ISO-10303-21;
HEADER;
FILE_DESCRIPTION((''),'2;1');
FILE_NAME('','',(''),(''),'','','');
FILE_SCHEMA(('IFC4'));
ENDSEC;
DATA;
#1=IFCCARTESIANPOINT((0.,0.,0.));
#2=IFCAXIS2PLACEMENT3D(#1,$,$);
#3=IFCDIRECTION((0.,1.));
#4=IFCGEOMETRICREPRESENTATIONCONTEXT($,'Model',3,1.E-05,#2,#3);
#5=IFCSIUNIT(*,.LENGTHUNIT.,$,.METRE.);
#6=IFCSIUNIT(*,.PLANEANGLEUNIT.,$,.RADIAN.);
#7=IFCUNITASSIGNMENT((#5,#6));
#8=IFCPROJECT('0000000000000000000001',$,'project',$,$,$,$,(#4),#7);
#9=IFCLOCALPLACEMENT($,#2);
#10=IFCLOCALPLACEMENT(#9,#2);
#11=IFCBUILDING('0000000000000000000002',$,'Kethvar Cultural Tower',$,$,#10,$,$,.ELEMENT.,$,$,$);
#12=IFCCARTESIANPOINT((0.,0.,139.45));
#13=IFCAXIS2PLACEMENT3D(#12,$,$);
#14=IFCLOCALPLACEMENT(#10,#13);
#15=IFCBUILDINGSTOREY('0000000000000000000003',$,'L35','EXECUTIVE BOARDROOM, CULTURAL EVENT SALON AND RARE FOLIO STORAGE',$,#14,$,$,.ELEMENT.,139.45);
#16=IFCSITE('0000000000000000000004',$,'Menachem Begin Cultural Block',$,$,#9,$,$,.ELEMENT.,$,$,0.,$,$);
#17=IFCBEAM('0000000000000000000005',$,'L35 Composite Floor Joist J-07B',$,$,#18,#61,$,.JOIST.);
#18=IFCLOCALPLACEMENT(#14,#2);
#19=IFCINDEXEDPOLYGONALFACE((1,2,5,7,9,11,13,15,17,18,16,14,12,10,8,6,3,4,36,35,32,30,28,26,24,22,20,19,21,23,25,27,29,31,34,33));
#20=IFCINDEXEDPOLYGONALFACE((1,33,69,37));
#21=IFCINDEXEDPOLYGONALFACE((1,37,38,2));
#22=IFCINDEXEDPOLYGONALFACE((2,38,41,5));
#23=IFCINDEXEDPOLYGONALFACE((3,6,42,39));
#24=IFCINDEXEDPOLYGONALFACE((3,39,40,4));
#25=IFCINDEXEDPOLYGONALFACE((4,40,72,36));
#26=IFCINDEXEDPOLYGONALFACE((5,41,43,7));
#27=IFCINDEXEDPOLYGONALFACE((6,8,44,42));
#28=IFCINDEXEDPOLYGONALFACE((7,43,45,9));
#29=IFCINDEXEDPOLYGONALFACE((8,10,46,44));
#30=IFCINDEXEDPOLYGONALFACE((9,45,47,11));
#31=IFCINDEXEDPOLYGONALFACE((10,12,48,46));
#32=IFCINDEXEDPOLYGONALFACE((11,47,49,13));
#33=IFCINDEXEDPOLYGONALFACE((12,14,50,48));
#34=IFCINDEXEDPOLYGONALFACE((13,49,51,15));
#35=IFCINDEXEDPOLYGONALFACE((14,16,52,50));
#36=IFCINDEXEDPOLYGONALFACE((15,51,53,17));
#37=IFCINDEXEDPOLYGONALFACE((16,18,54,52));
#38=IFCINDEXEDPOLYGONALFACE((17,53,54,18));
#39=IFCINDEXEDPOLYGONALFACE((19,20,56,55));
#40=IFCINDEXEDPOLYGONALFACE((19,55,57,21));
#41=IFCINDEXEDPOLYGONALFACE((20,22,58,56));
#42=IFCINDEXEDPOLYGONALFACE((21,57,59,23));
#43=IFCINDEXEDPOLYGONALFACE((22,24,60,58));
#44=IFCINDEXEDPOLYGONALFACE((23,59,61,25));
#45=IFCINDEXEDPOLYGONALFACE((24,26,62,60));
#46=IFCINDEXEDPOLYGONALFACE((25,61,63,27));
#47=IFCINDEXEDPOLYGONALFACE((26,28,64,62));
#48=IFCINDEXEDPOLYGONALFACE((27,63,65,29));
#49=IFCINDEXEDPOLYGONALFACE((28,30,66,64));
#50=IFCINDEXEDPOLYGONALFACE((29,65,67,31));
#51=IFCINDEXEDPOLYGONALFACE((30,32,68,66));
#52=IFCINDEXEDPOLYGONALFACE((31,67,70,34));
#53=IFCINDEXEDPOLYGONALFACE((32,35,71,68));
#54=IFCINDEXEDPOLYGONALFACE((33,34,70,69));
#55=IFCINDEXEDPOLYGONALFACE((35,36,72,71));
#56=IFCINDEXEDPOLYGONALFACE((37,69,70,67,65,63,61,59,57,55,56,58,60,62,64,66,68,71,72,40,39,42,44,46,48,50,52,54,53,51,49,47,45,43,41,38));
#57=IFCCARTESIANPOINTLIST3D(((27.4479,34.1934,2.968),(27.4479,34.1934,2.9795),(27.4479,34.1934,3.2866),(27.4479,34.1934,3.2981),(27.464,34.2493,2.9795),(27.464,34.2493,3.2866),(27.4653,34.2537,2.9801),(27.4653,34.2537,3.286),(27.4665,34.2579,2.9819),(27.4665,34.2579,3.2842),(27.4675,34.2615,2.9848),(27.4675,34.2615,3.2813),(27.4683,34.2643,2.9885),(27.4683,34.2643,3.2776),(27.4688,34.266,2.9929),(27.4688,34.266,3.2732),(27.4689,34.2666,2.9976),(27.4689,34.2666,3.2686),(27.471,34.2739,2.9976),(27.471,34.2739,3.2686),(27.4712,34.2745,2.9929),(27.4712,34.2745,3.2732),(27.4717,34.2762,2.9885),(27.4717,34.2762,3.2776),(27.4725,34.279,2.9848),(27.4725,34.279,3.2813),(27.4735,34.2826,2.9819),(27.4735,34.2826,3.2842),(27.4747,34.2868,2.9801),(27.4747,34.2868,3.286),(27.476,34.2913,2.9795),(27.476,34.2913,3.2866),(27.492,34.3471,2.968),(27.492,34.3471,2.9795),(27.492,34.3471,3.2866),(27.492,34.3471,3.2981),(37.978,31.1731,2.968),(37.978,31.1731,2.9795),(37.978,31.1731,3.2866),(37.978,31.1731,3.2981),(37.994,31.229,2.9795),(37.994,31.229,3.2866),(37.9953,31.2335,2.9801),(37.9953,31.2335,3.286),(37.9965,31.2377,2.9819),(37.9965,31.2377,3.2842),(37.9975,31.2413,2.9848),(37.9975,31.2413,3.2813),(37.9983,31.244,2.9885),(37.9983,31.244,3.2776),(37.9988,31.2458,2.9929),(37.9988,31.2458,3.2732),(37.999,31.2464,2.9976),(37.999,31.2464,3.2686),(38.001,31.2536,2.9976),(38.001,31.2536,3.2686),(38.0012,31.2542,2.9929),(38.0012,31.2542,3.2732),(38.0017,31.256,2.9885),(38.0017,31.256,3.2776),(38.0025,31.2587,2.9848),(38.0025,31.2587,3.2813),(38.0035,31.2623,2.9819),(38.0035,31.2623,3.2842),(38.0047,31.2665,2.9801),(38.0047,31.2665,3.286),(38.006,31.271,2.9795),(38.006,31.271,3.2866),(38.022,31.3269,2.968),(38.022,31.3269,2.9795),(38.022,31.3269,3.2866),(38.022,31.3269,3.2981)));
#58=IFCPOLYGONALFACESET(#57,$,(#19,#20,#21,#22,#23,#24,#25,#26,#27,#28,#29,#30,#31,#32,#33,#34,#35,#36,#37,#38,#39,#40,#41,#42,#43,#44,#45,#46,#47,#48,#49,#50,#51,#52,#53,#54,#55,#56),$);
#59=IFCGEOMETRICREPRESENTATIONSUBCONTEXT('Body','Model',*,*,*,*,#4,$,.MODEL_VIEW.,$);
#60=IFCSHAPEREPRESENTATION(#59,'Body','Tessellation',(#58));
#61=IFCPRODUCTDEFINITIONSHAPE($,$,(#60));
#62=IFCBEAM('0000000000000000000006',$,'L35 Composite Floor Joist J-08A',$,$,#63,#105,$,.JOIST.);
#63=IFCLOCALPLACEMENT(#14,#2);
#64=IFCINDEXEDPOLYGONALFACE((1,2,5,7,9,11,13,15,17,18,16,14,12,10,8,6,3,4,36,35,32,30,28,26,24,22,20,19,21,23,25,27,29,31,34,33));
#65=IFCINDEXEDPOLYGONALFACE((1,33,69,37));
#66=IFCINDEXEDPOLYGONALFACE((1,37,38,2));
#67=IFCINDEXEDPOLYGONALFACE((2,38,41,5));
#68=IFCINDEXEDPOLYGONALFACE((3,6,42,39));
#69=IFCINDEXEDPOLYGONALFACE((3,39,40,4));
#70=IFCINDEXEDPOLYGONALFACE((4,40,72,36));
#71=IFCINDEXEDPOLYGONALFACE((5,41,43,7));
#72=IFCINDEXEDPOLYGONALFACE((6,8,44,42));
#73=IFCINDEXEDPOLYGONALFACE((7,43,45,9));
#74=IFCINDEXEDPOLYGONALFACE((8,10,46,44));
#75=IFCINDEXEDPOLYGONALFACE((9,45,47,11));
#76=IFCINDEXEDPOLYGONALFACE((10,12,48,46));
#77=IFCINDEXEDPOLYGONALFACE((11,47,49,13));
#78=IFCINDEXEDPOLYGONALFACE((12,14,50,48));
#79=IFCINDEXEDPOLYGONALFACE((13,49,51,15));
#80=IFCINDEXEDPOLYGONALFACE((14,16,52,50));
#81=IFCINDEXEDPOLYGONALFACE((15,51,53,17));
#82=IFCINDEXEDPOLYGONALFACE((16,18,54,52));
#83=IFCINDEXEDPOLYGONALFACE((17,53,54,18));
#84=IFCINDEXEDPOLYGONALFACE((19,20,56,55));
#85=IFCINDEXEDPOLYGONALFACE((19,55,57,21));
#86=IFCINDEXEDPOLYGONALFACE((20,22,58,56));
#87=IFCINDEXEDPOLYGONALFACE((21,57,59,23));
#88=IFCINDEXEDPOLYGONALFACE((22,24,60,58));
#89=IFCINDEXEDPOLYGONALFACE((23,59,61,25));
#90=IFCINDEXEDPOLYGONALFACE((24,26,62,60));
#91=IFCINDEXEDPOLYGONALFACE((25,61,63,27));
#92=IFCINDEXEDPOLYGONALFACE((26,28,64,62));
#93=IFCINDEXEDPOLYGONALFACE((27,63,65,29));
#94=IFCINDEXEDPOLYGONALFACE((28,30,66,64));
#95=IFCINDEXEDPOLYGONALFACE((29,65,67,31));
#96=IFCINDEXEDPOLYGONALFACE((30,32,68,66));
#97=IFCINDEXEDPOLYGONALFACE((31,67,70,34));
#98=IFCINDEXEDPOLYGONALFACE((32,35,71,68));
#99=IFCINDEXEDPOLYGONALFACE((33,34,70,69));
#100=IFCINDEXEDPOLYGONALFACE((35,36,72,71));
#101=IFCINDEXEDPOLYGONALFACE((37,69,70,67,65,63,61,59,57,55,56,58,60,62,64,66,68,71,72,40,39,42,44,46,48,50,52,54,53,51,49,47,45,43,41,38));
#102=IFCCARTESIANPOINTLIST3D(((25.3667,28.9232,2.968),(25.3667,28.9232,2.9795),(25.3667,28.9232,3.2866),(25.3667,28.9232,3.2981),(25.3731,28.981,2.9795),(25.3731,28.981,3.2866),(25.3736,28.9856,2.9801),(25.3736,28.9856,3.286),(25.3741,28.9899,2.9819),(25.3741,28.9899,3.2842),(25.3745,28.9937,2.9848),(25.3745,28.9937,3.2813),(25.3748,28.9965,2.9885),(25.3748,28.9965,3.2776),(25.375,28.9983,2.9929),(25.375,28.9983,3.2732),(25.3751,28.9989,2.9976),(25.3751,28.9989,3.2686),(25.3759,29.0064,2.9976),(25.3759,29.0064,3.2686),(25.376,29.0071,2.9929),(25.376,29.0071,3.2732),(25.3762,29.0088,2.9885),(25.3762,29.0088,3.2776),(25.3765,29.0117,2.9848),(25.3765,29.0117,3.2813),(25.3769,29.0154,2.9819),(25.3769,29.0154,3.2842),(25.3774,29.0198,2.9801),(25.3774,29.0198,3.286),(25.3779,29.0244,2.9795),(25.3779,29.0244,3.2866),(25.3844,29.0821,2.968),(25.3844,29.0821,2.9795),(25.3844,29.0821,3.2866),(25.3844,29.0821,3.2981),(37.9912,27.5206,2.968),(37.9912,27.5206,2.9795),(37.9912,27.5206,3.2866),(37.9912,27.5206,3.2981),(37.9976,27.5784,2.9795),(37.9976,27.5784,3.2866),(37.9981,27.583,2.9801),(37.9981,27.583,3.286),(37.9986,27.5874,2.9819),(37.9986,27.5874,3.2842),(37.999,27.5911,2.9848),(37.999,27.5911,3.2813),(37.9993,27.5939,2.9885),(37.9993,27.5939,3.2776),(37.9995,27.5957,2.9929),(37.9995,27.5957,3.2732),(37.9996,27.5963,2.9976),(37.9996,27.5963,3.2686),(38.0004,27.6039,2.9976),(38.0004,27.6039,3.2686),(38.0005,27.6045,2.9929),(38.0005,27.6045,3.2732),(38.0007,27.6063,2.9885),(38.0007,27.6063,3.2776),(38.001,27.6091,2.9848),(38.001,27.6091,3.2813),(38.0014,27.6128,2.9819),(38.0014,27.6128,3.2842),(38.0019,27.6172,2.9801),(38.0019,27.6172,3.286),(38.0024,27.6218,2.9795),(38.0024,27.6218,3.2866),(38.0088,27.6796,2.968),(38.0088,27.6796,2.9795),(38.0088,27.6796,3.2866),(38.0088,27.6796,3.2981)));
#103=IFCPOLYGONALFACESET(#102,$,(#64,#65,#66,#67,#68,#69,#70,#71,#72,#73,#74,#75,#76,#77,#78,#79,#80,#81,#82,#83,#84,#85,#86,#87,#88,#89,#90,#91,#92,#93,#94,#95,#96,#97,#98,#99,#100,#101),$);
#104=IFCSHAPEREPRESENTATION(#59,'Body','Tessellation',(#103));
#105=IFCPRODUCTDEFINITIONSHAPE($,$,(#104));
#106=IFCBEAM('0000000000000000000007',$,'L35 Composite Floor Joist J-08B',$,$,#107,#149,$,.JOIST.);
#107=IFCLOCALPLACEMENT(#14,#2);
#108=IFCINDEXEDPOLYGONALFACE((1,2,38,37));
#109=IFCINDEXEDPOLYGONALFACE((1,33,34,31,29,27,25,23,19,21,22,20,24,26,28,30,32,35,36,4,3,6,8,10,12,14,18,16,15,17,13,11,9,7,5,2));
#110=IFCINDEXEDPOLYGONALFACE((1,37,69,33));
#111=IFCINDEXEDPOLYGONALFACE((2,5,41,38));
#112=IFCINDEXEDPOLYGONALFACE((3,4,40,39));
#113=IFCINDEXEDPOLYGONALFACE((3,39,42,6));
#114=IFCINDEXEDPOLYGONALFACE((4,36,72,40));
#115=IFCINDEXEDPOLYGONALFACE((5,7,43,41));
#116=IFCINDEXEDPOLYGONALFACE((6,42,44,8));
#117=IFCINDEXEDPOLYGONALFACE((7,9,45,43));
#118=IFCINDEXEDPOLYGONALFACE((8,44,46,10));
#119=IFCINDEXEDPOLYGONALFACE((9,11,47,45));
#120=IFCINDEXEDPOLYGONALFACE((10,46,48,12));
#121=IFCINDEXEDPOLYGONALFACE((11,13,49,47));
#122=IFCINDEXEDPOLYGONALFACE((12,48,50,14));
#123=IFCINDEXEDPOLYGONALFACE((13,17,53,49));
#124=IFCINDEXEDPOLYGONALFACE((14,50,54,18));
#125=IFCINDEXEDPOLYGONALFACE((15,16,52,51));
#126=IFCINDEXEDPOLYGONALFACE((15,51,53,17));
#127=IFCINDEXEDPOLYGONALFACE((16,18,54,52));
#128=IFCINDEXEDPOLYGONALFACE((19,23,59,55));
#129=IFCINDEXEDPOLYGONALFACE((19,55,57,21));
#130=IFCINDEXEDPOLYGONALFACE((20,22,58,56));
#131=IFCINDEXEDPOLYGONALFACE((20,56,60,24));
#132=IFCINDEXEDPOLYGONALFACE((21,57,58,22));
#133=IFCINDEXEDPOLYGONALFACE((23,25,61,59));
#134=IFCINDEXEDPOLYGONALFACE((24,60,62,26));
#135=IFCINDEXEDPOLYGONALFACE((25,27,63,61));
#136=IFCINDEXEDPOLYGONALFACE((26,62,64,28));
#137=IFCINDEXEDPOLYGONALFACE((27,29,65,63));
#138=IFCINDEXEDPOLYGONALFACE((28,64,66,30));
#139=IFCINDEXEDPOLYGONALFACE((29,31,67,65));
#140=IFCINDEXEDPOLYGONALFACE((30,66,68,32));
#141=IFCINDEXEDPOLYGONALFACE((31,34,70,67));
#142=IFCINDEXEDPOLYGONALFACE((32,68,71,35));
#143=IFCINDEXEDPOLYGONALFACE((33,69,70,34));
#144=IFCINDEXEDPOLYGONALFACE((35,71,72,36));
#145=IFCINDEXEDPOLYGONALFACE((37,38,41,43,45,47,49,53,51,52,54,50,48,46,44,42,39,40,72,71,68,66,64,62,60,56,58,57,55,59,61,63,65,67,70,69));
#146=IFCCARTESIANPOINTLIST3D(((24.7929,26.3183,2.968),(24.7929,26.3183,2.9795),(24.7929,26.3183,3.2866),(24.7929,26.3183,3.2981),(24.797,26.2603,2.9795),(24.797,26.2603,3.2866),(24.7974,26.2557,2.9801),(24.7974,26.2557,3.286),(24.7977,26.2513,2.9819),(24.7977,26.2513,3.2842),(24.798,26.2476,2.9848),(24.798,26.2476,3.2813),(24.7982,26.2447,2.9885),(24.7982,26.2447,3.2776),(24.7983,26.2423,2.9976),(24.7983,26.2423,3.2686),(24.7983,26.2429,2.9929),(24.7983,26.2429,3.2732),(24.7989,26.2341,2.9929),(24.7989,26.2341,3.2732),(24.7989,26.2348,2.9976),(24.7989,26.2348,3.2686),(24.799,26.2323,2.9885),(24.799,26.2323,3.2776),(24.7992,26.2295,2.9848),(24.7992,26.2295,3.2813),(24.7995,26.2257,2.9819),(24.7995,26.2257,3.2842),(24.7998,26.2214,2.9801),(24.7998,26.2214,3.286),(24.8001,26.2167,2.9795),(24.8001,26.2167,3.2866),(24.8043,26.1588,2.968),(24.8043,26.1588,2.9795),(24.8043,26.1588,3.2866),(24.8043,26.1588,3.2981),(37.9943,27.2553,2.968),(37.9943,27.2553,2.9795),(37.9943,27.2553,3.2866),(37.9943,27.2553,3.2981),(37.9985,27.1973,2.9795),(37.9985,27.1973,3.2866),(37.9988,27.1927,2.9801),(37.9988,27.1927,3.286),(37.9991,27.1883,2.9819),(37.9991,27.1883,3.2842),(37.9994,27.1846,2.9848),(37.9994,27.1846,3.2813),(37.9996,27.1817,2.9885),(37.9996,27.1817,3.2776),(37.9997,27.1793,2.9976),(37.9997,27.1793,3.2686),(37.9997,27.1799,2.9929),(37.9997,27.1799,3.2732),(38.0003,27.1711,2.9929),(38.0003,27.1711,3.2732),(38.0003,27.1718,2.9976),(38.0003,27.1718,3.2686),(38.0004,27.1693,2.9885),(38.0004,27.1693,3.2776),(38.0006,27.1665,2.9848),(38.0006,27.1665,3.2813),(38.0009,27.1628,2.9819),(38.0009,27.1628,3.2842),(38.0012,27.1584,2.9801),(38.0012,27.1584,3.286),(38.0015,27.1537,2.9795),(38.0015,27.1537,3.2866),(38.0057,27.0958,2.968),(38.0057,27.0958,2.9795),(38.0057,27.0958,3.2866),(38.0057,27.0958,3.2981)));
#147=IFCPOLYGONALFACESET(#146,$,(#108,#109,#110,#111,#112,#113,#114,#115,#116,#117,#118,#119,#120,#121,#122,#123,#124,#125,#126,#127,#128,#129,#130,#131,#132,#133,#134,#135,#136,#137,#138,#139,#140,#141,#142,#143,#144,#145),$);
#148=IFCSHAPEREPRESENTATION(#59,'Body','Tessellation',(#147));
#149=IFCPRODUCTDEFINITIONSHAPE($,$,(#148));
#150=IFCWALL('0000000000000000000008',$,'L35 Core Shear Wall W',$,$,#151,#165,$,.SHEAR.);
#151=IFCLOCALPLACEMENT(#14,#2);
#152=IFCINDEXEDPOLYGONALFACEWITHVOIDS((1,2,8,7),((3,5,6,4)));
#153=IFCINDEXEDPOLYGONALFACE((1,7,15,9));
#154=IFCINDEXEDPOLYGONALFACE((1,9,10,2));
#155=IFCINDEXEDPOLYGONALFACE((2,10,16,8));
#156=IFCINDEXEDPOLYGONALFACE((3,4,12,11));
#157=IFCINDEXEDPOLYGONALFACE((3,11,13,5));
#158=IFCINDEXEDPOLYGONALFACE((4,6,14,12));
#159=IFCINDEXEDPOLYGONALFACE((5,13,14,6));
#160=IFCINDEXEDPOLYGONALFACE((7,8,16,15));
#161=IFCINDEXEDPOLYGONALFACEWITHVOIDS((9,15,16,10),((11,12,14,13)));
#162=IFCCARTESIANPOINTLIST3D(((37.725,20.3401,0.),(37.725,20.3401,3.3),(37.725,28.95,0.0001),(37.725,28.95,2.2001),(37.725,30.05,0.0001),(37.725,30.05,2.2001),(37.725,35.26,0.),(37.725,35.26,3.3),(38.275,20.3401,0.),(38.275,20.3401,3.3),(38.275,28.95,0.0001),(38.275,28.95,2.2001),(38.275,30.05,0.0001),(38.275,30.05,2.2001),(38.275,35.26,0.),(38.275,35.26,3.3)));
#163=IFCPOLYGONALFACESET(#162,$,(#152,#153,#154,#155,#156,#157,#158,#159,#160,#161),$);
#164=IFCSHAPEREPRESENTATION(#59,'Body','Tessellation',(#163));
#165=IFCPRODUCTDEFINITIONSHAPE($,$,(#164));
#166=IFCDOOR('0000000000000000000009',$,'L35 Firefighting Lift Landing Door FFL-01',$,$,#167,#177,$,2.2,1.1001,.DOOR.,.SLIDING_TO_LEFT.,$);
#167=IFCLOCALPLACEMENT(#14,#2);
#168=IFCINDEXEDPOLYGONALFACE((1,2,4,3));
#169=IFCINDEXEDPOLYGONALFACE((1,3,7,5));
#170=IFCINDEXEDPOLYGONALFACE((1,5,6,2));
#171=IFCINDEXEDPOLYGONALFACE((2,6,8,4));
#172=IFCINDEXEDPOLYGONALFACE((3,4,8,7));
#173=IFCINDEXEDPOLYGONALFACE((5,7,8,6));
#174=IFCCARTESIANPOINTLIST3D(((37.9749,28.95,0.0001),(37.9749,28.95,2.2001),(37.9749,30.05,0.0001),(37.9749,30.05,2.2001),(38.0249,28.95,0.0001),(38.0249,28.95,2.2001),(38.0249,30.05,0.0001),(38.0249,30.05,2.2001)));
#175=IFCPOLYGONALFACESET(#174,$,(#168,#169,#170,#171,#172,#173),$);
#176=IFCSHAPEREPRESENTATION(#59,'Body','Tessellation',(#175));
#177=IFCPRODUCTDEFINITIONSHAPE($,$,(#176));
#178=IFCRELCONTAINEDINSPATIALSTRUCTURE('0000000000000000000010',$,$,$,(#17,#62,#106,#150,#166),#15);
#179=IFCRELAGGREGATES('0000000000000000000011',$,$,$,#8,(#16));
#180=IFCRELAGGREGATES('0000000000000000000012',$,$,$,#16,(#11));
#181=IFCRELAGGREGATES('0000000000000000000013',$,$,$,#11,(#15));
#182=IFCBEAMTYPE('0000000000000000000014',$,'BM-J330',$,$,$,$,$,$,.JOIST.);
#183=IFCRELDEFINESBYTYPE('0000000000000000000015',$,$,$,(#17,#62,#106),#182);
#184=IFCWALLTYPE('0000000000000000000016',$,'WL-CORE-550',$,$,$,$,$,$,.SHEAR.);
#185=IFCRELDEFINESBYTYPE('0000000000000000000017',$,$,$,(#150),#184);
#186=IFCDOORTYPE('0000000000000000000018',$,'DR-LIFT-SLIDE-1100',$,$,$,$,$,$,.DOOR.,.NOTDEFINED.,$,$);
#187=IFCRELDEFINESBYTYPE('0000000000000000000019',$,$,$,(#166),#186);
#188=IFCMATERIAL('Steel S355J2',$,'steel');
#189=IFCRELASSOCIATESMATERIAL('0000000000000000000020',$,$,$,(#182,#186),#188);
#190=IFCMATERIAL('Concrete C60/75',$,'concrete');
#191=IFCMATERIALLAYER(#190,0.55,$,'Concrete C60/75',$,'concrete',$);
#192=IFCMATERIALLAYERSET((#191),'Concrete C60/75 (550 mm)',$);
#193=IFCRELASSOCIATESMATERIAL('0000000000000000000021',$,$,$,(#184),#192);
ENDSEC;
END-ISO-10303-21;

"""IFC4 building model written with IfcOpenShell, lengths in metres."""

from ifc_helpers import new_model, si_unit, direction, frame, frame_2d, origin, origin_2d, place, context, subcontext, project, spatial, rectangle, i_section, extrude, source, transform, mapped, material, layer, layer_set, material_profile, profile_set, type_object, element, fill, save


model = new_model("IFC4")

# Units and contexts
model_context = context("Model", 3, precision=1e-05, world=origin(), true_north=direction((0.0, 1.0)))
body_context = subcontext(model_context, "Body", "Model", "MODEL_VIEW")
ifc_project = project(units=[si_unit("LENGTHUNIT", "METRE"), si_unit("PLANEANGLEUNIT", "RADIAN")], contexts=[model_context])

# Site, building, storey
site_placement = place(None, origin())
site = spatial("IfcSite", under=ifc_project, at=site_placement, Name="Menachem Begin Cultural Block", CompositionType="ELEMENT", RefElevation=0.0)
building_placement = place(site_placement, origin())
building = spatial("IfcBuilding", under=site, at=building_placement, Name="Kethvar Cultural Tower", CompositionType="ELEMENT")
storey_placement = place(building_placement, frame((0.0, 0.0, 139.45)))
storey = spatial("IfcBuildingStorey", under=building, at=storey_placement, Name="L35", Description="EXECUTIVE BOARDROOM, CULTURAL EVENT SALON AND RARE FOLIO STORAGE", CompositionType="ELEMENT", Elevation=139.45)

# Beams
ifc_material_1 = material(Name="Steel S355J2", Category="steel")
ifc_material_profile_1 = material_profile(ifc_material_1, i_section(OverallWidth=0.1599, OverallDepth=0.3301, WebThickness=0.0076, FlangeThickness=0.0115, FilletRadius=0.0181, at=origin_2d()), Name="Steel S355J2 — IPE330")
ifc_profile_set_1 = profile_set([ifc_material_profile_1], Name="Steel S355J2 — IPE330")
beam_type_1 = type_object("IfcBeamType", Name="BM-J330", PredefinedType="JOIST", material=ifc_profile_set_1)
shared_shape_1 = source(origin(), body_context, "Body", "SweptSolid", [
    extrude(i_section(OverallWidth=0.1599, OverallDepth=0.3301, WebThickness=0.0076, FlangeThickness=0.0115, FilletRadius=0.0181, at=origin_2d()), origin(), (0.0, 0.0, 1.0), 10.9546),
])
beam_1_placement = place(storey_placement, frame((38.0, 31.25, 3.1331), z_axis=(-0.961242, 0.275707, 0.0), x_axis=(-0.275707, -0.961242, 0.0)))
element("IfcBeam", 1, at=beam_1_placement, inside=storey, type_object=beam_type_1, Name="L35 Composite Floor Joist J-07B", PredefinedType="JOIST", context=body_context, shape_type="MappedRepresentation", body=[
    mapped(shared_shape_1, transform((0.0, 0.0, 0.0), scale=1.0)),
])
shared_shape_2 = source(origin(), body_context, "Body", "SweptSolid", [
    extrude(i_section(OverallWidth=0.1599, OverallDepth=0.3301, WebThickness=0.0076, FlangeThickness=0.0115, FilletRadius=0.0181, at=origin_2d()), origin(), (0.0, 0.0, 1.0), 12.7021),
])
beam_2_placement = place(storey_placement, frame((38.0, 27.6001, 3.1331), z_axis=(-0.993885, 0.110421, 0.0), x_axis=(-0.110421, -0.993885, 0.0)))
element("IfcBeam", 2, at=beam_2_placement, inside=storey, type_object=beam_type_1, Name="L35 Composite Floor Joist J-08A", PredefinedType="JOIST", context=body_context, shape_type="MappedRepresentation", body=[
    mapped(shared_shape_2, transform((0.0, 0.0, 0.0), scale=1.0)),
])
shared_shape_3 = source(origin(), body_context, "Body", "SweptSolid", [
    extrude(i_section(OverallWidth=0.1599, OverallDepth=0.3301, WebThickness=0.0076, FlangeThickness=0.0115, FilletRadius=0.0181, at=origin_2d()), origin(), (0.0, 0.0, 1.0), 13.2346),
])
beam_3_placement = place(storey_placement, frame((38.0, 27.1755, 3.1331), z_axis=(-0.997491, -0.0708, 0.0), x_axis=(0.0708, -0.997491, 0.0)))
element("IfcBeam", 3, at=beam_3_placement, inside=storey, type_object=beam_type_1, Name="L35 Composite Floor Joist J-08B", PredefinedType="JOIST", context=body_context, shape_type="MappedRepresentation", body=[
    mapped(shared_shape_3, transform((0.0, 0.0, 0.0), scale=1.0)),
])

# Wall, opening, door
ifc_material_2 = material(Name="Concrete C60/75", Category="concrete")
ifc_layer_1 = layer(ifc_material_2, 0.55, Name="Concrete C60/75", Category="concrete")
ifc_layer_set_1 = layer_set([ifc_layer_1], Name="Concrete C60/75 (550 mm)")
wall_type_1 = type_object("IfcWallType", Name="WL-CORE-550", PredefinedType="SHEAR", material=ifc_layer_set_1)
wall_1_placement = place(storey_placement, frame((38.0, 35.26, 0.0), z_axis=(0.0, 0.0, 1.0), x_axis=(0.0, -1.0, 0.0)))
wall_1 = element("IfcWall", 4, at=wall_1_placement, inside=storey, type_object=wall_type_1, Name="L35 Core Shear Wall W", PredefinedType="SHEAR", context=body_context, shape_type="SweptSolid", body=[
    extrude(rectangle(XDim=14.9199, YDim=0.55, at=frame_2d((7.46, 0.0))), origin(), (0.0, 0.0, 1.0), 3.3),
])
opening_1_placement = place(wall_1_placement, frame((5.21, 0.0, 0.0)))
opening_1 = element("IfcOpeningElement", 5, at=opening_1_placement, cuts=wall_1, PredefinedType="OPENING", context=body_context, shape_type="SweptSolid", body=[
    extrude(rectangle(XDim=1.1001, YDim=2.2, at=frame_2d((0.55, 1.1001))), frame((0.0, 0.2849, 0.0), z_axis=(0.0, -1.0, 0.0), x_axis=(1.0, 0.0, 0.0)), (0.0, 0.0, 1.0), 0.5701),
])
door_type = type_object("IfcDoorType", Name="DR-LIFT-SLIDE-1100", OperationType="NOTDEFINED", PredefinedType="DOOR", material=ifc_material_1)
shared_shape_4 = source(origin(), body_context, "Body", "SweptSolid", [
    extrude(rectangle(XDim=1.1001, YDim=2.2, at=frame_2d((0.55, 1.1001))), frame((0.0, 0.0249, 0.0), z_axis=(0.0, -1.0, 0.0), x_axis=(1.0, 0.0, 0.0)), (0.0, 0.0, 1.0), 0.05),
])
door_1_placement = place(opening_1_placement, origin())
door_1 = element("IfcDoor", 6, at=door_1_placement, inside=storey, type_object=door_type, Name="L35 Firefighting Lift Landing Door FFL-01", OperationType="SLIDING_TO_LEFT", OverallHeight=2.2, OverallWidth=1.1001, PredefinedType="DOOR", context=body_context, shape_type="MappedRepresentation", body=[
    mapped(shared_shape_4, transform((0.0, 0.0, 0.0), scale=1.0)),
])
fill(opening_1, door_1)

save(model, "model.ifc")
